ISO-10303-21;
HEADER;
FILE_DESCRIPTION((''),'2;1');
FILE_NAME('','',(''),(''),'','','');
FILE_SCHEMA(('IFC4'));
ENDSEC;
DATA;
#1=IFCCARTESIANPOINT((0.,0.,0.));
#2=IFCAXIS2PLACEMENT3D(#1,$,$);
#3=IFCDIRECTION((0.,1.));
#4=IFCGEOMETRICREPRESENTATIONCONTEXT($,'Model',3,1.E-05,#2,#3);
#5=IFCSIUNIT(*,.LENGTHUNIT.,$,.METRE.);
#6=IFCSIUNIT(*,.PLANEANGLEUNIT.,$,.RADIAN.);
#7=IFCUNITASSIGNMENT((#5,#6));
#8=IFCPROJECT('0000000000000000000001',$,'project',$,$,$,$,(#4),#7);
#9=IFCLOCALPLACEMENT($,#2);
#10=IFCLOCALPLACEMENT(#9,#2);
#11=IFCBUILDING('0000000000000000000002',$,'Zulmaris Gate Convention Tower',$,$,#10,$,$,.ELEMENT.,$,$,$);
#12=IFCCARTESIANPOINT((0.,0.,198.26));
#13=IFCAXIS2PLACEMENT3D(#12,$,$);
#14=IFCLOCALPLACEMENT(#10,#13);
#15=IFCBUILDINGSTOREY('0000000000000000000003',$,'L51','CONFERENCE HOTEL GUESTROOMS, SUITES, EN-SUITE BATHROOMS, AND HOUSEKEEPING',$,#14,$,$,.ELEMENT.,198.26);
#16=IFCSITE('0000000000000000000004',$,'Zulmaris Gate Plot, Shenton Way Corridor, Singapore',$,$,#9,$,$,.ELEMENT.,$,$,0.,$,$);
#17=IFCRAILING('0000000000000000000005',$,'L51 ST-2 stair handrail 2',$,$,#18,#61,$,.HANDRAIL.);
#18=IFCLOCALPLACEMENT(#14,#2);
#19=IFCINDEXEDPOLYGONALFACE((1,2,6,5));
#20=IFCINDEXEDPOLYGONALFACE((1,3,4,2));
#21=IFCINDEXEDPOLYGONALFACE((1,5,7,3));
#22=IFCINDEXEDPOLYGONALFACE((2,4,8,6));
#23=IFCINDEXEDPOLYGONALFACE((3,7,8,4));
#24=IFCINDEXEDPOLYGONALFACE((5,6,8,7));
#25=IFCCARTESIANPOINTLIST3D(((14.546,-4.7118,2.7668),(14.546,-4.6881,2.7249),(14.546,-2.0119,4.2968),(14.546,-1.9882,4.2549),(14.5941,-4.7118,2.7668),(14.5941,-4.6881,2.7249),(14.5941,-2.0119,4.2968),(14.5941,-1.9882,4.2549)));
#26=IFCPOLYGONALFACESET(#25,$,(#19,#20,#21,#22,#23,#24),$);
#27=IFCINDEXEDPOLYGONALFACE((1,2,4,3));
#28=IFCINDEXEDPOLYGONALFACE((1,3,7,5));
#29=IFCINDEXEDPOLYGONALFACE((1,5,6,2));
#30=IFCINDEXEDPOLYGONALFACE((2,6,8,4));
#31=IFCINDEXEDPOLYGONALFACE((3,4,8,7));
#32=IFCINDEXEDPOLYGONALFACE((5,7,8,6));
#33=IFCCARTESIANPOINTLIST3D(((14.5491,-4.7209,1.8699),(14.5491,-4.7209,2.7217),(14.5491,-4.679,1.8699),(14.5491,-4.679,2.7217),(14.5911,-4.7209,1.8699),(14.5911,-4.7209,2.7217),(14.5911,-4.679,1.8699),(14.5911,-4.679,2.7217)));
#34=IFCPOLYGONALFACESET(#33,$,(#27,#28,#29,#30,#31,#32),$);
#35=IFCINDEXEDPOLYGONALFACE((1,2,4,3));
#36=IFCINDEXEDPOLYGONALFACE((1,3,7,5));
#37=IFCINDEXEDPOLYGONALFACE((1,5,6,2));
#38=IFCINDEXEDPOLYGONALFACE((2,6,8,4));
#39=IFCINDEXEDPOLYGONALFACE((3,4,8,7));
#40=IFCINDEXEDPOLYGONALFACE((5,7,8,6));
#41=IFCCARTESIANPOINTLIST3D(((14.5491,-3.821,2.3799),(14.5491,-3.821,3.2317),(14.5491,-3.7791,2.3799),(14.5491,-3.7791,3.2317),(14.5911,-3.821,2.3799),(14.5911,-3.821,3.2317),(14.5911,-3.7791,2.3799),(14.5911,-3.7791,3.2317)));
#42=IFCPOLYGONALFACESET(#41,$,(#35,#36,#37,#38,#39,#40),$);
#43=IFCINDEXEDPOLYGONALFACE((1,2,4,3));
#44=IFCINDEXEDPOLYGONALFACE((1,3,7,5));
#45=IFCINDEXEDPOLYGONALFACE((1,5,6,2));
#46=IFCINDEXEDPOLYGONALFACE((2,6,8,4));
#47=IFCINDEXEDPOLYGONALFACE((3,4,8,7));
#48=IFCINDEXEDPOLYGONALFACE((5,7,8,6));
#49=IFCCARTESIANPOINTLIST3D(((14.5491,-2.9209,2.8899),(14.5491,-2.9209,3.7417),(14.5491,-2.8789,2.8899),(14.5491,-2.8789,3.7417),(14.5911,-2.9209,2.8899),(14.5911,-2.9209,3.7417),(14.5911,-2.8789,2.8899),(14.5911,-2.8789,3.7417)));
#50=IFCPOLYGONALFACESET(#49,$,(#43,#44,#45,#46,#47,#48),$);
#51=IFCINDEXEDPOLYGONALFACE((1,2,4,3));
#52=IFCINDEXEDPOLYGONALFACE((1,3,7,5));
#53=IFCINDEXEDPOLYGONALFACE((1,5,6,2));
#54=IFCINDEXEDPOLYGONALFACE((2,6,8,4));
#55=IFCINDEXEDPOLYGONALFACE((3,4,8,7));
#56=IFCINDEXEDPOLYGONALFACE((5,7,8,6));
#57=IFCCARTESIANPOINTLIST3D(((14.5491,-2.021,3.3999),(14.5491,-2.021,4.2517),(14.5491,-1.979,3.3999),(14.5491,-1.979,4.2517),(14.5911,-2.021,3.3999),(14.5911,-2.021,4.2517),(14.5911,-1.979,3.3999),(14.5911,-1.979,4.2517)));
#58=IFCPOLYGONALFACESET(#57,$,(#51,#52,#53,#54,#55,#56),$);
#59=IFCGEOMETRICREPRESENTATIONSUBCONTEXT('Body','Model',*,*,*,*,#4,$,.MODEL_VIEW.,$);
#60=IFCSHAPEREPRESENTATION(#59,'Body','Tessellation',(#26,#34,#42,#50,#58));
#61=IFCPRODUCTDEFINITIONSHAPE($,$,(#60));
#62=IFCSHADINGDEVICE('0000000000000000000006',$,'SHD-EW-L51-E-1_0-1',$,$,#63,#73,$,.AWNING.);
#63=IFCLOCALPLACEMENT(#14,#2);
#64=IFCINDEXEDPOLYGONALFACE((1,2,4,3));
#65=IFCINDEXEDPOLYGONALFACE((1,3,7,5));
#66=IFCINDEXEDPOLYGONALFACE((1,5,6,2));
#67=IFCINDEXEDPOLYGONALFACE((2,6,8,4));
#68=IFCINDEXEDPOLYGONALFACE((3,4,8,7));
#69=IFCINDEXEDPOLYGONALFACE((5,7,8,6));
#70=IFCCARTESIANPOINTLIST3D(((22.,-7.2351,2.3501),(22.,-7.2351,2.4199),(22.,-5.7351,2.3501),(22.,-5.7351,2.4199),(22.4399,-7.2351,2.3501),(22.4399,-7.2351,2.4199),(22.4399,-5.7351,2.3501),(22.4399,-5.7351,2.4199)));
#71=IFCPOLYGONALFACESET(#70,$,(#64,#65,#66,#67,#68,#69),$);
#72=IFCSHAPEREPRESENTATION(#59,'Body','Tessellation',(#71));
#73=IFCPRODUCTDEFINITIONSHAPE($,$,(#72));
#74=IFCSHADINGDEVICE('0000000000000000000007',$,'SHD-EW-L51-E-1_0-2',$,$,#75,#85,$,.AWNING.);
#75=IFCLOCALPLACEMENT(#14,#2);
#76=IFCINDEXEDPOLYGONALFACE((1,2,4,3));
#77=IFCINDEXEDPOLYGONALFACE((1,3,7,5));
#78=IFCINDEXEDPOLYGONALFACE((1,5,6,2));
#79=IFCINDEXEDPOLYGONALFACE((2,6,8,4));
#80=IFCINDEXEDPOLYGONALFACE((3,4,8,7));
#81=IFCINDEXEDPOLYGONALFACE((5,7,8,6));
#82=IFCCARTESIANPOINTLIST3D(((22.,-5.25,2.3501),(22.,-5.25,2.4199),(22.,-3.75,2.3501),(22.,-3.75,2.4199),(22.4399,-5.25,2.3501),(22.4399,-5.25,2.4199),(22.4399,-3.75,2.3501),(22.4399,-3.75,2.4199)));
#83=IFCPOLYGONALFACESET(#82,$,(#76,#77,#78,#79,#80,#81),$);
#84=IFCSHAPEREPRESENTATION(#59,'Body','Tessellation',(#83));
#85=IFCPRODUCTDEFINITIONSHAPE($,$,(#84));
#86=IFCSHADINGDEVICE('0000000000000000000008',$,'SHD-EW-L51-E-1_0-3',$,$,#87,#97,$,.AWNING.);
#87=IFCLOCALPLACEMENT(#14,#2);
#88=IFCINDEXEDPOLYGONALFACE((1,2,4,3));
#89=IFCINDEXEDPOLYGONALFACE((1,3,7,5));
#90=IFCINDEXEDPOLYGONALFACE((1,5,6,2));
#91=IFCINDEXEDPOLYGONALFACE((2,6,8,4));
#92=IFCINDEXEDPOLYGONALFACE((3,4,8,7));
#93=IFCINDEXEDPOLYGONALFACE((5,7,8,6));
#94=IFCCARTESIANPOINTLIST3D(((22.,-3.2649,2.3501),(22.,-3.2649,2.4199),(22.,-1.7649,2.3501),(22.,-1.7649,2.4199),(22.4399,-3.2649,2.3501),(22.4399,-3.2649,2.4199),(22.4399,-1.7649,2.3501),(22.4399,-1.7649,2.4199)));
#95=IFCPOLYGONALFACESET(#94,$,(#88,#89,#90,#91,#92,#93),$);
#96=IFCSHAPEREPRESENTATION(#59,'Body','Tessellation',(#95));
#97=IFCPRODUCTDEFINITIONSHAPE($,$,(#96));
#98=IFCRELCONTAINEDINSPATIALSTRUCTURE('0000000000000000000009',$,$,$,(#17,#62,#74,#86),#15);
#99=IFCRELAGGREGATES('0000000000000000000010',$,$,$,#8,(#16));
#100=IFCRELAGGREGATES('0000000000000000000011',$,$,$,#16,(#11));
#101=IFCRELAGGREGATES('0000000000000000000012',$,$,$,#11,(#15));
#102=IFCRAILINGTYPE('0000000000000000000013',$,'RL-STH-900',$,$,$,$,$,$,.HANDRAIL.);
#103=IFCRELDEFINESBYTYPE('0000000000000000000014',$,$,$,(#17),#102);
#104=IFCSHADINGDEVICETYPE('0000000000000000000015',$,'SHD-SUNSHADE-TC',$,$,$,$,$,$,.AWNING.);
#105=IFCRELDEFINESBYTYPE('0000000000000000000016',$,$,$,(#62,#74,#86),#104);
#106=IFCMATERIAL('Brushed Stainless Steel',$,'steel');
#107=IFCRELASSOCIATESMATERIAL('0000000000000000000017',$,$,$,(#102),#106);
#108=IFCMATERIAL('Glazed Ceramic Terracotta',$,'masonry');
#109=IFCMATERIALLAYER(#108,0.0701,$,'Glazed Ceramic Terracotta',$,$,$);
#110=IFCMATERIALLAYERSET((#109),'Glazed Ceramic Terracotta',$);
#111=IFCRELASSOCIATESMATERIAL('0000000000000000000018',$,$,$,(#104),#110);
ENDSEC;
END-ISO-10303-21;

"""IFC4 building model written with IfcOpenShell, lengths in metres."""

from ifc_helpers import new_model, si_unit, direction, frame, frame_2d, origin, origin_2d, place, context, subcontext, project, spatial, rectangle, extrude, material, layer, layer_set, type_object, element, save


model = new_model("IFC4")

# Units and contexts
model_context = context("Model", 3, precision=1e-05, world=origin(), true_north=direction((0.0, 1.0)))
body_context = subcontext(model_context, "Body", "Model", "MODEL_VIEW")
ifc_project = project(units=[si_unit("LENGTHUNIT", "METRE"), si_unit("PLANEANGLEUNIT", "RADIAN")], contexts=[model_context])

# Site, building, storey
site_placement = place(None, origin())
site = spatial("IfcSite", under=ifc_project, at=site_placement, Name="Zulmaris Gate Plot, Shenton Way Corridor, Singapore", CompositionType="ELEMENT", RefElevation=0.0)
building_placement = place(site_placement, origin())
building = spatial("IfcBuilding", under=site, at=building_placement, Name="Zulmaris Gate Convention Tower", CompositionType="ELEMENT")
storey_placement = place(building_placement, frame((0.0, 0.0, 198.26)))
storey = spatial("IfcBuildingStorey", under=building, at=storey_placement, Name="L51", Description="CONFERENCE HOTEL GUESTROOMS, SUITES, EN-SUITE BATHROOMS, AND HOUSEKEEPING", CompositionType="ELEMENT", Elevation=198.26)

# Railing
ifc_material_1 = material(Name="Brushed Stainless Steel", Category="steel")
railing_type_1 = type_object("IfcRailingType", Name="RL-STH-900", PredefinedType="HANDRAIL", material=ifc_material_1)
railing_1_placement = place(storey_placement, frame((14.5701, -4.7, 1.8699)))
element("IfcRailing", 1, at=railing_1_placement, inside=storey, type_object=railing_type_1, Name="L51 ST-2 stair handrail 2", PredefinedType="HANDRAIL", context=body_context, shape_type="SweptSolid", body=[
    extrude(rectangle(XDim=0.0481, YDim=0.0481, at=origin_2d()), frame((0.0, 0.0, 0.876), z_axis=(0.0, 0.870014, 0.493026), x_axis=(-1.0, 0.0, 0.0)), (0.0, 0.0, 1.0), 3.1033),
    extrude(rectangle(XDim=0.042, YDim=0.042, at=origin_2d()), origin(), (0.0, 0.0, 1.0), 0.8518),
    extrude(rectangle(XDim=0.042, YDim=0.042, at=origin_2d()), frame((0.0, 0.8999, 0.51)), (0.0, 0.0, 1.0), 0.8518),
    extrude(rectangle(XDim=0.042, YDim=0.042, at=origin_2d()), frame((0.0, 1.8, 1.02)), (0.0, 0.0, 1.0), 0.8518),
    extrude(rectangle(XDim=0.042, YDim=0.042, at=origin_2d()), frame((0.0, 2.7, 1.53)), (0.0, 0.0, 1.0), 0.8518),
])

# Shading devices
ifc_material_2 = material(Name="Glazed Ceramic Terracotta", Category="masonry")
ifc_layer_1 = layer(ifc_material_2, 0.0701, Name="Glazed Ceramic Terracotta")
ifc_layer_set_1 = layer_set([ifc_layer_1], Name="Glazed Ceramic Terracotta")
shading_device_type = type_object("IfcShadingDeviceType", Name="SHD-SUNSHADE-TC", PredefinedType="AWNING", material=ifc_layer_set_1)
for number, where, z_axis, x_axis, name in (
    (2, (22.22, -7.2351, 2.3501), (0.0, 0.0, 1.0), (0.0, 1.0, 0.0), "SHD-EW-L51-E-1_0-1"),
    (3, (22.22, -5.25, 2.3501), (0.0, 0.0, 1.0), (0.0, 1.0, 0.0), "SHD-EW-L51-E-1_0-2"),
    (4, (22.22, -3.2649, 2.3501), (0.0, 0.0, 1.0), (0.0, 1.0, 0.0), "SHD-EW-L51-E-1_0-3"),
):
    element("IfcShadingDevice", number, at=place(storey_placement, frame(where, z_axis=z_axis, x_axis=x_axis)), inside=storey, type_object=shading_device_type, Name=name, PredefinedType="AWNING", context=body_context, shape_type="SweptSolid", body=[
        extrude(rectangle(XDim=1.5, YDim=0.4399, at=frame_2d((0.75, 0.0))), origin(), (0.0, 0.0, 1.0), 0.0698),
    ])

save(model, "model.ifc")
